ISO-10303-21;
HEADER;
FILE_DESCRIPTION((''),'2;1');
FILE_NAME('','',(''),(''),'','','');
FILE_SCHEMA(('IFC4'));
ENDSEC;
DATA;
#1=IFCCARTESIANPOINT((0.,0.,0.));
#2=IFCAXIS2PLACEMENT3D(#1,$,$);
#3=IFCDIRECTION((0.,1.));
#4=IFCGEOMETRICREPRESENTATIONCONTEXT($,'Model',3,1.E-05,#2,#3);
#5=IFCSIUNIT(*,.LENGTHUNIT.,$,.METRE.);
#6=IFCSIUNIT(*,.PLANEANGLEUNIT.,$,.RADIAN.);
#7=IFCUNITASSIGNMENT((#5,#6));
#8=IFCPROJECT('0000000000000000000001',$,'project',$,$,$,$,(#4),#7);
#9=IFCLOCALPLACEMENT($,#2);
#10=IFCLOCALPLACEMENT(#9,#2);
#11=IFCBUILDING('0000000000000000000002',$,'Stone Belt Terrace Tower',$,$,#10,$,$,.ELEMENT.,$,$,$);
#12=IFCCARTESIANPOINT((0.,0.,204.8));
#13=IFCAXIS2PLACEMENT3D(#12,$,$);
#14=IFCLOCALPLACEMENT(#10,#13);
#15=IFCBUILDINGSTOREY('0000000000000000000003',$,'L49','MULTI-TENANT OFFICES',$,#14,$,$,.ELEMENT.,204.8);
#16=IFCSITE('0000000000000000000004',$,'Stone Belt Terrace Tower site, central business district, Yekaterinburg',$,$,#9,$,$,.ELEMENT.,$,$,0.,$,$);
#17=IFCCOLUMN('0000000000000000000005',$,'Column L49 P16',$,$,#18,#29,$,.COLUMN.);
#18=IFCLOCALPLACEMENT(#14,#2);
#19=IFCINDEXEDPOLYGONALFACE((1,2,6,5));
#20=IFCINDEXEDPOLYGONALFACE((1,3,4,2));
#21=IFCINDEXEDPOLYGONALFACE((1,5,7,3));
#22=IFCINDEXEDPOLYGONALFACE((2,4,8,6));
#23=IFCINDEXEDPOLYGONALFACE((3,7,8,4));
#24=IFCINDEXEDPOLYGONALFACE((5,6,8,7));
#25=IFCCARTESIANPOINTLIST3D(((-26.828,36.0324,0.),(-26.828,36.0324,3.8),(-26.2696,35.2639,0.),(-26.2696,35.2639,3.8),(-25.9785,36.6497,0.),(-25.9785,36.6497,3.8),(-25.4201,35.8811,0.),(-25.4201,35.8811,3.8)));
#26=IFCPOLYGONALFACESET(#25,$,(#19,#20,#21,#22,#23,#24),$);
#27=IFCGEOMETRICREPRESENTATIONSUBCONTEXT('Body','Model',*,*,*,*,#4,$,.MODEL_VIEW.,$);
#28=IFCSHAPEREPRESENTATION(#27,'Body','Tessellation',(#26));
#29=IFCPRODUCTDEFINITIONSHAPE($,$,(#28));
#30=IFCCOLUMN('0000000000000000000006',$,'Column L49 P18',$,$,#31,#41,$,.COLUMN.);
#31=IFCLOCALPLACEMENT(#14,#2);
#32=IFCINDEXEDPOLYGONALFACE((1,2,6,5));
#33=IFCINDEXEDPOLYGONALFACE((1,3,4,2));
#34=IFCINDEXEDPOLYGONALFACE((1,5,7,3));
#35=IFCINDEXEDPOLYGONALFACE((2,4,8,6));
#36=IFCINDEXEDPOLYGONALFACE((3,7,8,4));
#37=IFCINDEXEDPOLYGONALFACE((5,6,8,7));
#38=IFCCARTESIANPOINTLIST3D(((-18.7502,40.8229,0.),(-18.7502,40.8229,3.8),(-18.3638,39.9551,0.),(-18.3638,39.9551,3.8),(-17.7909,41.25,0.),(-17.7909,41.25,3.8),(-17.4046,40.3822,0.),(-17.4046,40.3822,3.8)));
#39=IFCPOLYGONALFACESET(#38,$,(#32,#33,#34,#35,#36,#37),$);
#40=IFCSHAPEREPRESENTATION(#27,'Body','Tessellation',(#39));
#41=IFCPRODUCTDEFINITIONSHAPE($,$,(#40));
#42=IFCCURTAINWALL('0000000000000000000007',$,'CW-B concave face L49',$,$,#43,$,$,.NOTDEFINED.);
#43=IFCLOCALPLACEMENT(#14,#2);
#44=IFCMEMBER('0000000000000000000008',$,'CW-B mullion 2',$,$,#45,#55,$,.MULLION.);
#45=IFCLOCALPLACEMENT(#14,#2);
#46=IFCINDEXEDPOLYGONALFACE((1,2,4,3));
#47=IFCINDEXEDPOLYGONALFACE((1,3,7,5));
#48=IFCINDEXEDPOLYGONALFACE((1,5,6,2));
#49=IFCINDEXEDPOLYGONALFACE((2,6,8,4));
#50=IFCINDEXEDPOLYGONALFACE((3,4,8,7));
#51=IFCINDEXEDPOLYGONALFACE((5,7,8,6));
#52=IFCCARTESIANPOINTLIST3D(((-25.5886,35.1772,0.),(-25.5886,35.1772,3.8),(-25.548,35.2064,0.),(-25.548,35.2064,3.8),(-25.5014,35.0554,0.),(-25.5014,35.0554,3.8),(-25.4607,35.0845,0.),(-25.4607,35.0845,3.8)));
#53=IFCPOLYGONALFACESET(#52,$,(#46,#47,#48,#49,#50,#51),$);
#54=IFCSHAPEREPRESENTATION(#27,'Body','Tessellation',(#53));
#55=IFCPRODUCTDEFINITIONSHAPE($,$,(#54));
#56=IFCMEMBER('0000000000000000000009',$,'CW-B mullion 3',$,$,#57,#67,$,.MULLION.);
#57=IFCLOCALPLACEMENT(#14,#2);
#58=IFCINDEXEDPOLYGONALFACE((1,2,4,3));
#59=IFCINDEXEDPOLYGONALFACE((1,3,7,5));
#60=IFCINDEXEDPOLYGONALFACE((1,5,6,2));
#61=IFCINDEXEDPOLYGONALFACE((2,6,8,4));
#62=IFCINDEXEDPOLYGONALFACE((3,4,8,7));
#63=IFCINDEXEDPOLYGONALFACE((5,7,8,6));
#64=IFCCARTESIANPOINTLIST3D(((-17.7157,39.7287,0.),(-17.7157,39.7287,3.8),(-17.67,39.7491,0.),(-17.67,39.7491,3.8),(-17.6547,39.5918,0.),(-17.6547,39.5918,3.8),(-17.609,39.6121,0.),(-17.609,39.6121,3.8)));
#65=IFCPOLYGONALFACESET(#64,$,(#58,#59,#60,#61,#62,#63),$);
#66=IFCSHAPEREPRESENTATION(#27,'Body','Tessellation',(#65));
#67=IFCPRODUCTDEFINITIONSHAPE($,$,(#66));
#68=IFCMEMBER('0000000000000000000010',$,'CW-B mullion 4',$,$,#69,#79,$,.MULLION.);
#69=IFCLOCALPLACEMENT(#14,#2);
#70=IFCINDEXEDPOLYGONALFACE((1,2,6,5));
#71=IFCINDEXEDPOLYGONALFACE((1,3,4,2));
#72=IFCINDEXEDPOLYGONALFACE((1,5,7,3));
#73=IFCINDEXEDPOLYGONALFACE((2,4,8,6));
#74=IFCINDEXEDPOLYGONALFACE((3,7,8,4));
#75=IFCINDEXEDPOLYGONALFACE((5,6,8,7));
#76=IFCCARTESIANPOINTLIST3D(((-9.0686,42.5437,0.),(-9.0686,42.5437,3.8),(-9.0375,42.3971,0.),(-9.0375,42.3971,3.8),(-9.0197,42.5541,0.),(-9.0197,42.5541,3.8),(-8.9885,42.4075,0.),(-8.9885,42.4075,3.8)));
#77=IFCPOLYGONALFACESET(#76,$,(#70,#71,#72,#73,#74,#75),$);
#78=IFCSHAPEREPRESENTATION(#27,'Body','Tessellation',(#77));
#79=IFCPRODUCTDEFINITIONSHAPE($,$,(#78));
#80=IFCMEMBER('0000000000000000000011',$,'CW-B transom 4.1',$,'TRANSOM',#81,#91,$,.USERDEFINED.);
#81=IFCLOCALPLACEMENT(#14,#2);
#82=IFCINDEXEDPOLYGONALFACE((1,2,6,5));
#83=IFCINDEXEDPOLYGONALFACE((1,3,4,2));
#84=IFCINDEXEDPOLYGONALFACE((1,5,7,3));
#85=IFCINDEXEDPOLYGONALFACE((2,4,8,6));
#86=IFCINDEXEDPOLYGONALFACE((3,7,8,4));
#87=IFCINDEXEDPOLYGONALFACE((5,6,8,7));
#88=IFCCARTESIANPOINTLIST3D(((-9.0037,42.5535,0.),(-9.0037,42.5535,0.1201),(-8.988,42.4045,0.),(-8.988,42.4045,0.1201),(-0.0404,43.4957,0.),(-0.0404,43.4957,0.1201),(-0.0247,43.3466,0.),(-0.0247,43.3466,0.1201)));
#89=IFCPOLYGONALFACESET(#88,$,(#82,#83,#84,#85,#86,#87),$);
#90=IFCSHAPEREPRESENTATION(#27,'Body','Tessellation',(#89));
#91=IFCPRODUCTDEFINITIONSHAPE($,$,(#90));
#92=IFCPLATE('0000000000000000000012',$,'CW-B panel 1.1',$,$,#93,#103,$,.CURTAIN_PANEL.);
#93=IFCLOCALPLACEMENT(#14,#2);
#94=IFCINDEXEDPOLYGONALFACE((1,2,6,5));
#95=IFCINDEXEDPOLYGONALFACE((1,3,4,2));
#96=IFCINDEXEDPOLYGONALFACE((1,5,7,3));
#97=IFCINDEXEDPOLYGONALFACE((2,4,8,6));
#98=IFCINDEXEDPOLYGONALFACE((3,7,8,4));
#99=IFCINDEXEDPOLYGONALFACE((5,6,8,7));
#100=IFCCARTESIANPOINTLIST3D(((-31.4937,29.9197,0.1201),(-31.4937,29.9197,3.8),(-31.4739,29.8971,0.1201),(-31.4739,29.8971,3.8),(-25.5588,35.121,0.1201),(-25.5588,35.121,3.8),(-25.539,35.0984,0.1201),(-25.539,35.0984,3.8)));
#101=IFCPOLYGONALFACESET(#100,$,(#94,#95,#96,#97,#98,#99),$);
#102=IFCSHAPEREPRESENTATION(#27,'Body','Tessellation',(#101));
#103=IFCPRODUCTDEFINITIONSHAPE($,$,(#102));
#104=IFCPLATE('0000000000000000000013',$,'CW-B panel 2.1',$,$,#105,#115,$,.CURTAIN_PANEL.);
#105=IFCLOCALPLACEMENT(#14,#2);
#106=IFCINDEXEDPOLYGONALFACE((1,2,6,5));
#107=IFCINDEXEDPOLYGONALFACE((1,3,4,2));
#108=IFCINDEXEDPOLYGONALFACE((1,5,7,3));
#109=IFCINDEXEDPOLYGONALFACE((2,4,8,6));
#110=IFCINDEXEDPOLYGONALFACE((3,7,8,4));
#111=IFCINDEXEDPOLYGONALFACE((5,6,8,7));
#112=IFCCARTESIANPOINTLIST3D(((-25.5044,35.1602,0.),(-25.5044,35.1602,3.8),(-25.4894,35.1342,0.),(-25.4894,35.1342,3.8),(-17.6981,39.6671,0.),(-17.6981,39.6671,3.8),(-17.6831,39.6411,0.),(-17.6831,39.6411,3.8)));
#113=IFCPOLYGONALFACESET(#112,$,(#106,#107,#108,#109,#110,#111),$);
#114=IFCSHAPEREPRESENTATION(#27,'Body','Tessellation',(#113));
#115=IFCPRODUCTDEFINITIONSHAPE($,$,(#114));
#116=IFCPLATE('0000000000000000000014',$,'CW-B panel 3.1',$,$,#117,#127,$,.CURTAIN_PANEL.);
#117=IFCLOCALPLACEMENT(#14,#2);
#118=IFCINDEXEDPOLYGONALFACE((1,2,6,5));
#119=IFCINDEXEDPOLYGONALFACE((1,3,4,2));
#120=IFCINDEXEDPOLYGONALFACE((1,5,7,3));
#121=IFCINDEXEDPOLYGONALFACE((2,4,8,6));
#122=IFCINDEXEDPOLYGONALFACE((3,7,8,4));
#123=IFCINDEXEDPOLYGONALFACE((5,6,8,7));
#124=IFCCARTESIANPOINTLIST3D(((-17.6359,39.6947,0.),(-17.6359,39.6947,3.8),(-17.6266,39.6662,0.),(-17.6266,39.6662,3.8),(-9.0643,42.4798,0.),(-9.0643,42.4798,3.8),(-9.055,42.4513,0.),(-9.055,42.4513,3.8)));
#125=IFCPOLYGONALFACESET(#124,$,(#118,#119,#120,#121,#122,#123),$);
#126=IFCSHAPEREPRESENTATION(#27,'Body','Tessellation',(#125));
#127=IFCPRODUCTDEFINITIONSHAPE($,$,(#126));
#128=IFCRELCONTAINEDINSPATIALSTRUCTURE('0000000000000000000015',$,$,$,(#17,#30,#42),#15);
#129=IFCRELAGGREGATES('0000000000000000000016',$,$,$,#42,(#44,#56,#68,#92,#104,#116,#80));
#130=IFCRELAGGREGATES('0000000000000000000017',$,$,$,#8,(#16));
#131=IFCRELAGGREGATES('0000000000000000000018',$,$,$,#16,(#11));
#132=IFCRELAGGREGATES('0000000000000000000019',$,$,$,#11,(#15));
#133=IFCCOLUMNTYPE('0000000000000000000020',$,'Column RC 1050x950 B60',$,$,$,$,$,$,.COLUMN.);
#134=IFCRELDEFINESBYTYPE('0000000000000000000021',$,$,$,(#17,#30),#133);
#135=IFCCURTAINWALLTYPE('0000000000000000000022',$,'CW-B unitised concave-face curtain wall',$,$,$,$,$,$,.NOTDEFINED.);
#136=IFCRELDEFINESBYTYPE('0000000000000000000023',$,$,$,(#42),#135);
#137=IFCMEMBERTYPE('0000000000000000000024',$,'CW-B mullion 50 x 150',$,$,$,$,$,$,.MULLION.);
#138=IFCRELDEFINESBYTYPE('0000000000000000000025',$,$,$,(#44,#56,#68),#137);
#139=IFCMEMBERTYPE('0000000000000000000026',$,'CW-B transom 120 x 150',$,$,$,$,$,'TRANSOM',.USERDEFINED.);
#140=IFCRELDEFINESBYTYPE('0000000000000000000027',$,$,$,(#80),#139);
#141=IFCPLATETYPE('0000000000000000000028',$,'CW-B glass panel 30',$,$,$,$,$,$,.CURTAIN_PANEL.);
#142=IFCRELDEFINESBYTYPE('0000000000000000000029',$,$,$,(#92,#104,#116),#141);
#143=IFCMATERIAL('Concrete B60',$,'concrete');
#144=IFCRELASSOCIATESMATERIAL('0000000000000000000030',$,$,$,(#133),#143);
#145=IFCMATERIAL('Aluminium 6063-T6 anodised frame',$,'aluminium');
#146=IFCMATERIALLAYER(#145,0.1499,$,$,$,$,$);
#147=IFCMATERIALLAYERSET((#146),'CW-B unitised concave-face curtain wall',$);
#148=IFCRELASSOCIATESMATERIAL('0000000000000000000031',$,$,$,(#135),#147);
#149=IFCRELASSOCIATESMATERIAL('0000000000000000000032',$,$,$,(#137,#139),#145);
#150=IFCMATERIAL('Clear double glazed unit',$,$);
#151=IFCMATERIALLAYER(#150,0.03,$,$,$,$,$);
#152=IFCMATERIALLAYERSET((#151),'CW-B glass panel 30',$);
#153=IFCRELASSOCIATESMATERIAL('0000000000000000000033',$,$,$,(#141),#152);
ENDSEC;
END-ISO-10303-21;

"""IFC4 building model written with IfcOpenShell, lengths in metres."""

from ifc_helpers import new_model, si_unit, direction, frame, origin, origin_2d, place, context, subcontext, project, spatial, rectangle, extrude, material, layer, layer_set, material_profile, profile_set, type_object, element, aggregate, save


model = new_model("IFC4")

# Units and contexts
model_context = context("Model", 3, precision=1e-05, world=origin(), true_north=direction((0.0, 1.0)))
body_context = subcontext(model_context, "Body", "Model", "MODEL_VIEW")
ifc_project = project(units=[si_unit("LENGTHUNIT", "METRE"), si_unit("PLANEANGLEUNIT", "RADIAN")], contexts=[model_context])

# Site, building, storey
site_placement = place(None, origin())
site = spatial("IfcSite", under=ifc_project, at=site_placement, Name="Stone Belt Terrace Tower site, central business district, Yekaterinburg", CompositionType="ELEMENT", RefElevation=0.0)
building_placement = place(site_placement, origin())
building = spatial("IfcBuilding", under=site, at=building_placement, Name="Stone Belt Terrace Tower", CompositionType="ELEMENT")
storey_placement = place(building_placement, frame((0.0, 0.0, 204.8)))
storey = spatial("IfcBuildingStorey", under=building, at=storey_placement, Name="L49", Description="MULTI-TENANT OFFICES", CompositionType="ELEMENT", Elevation=204.8)

# Columns
ifc_material_1 = material(Name="Concrete B60", Category="concrete")
ifc_material_profile_1 = material_profile(ifc_material_1, rectangle(XDim=1.05, YDim=0.95, at=origin_2d()), Name="RC 1050x950")
ifc_profile_set_1 = profile_set([ifc_material_profile_1], Name="Concrete B60")
column_type = type_object("IfcColumnType", Name="Column RC 1050x950 B60", PredefinedType="COLUMN", material=ifc_profile_set_1)
for number, where, z_axis, x_axis, name in (
    (1, (-26.124, 35.9568, 0.0), (0.0, 0.0, 1.0), (0.809017, 0.587785, 0.0), "Column L49 P16"),
    (2, (-18.0774, 40.6025, 0.0), (0.0, 0.0, 1.0), (0.913545, 0.406737, 0.0), "Column L49 P18"),
):
    element("IfcColumn", number, at=place(storey_placement, frame(where, z_axis=z_axis, x_axis=x_axis)), inside=storey, type_object=column_type, Name=name, PredefinedType="COLUMN", context=body_context, shape_type="SweptSolid", body=[
        extrude(rectangle(XDim=1.05, YDim=0.95, at=origin_2d()), origin(), (0.0, 0.0, 1.0), 3.8),
    ])

# Curtain wall, members, plates
ifc_material_2 = material(Name="Aluminium 6063-T6 anodised frame", Category="aluminium")
ifc_layer_1 = layer(ifc_material_2, 0.1499)
ifc_layer_set_1 = layer_set([ifc_layer_1], Name="CW-B unitised concave-face curtain wall")
curtain_wall_type = type_object("IfcCurtainWallType", Name="CW-B unitised concave-face curtain wall", PredefinedType="NOTDEFINED", material=ifc_layer_set_1)
curtain_wall_placement = place(storey_placement, origin())
curtain_wall = element("IfcCurtainWall", 3, at=curtain_wall_placement, inside=storey, type_object=curtain_wall_type, Name="CW-B concave face L49", PredefinedType="NOTDEFINED")
ifc_material_profile_2 = material_profile(ifc_material_2, rectangle(XDim=0.1499, YDim=0.05, at=origin_2d()), Name="Aluminium 6063-T6 50x150")
ifc_profile_set_2 = profile_set([ifc_material_profile_2], Name="Aluminium 6063-T6 anodised frame")
member_type_1 = type_object("IfcMemberType", Name="CW-B mullion 50 x 150", PredefinedType="MULLION", material=ifc_profile_set_2)
member_1_placement = place(storey_placement, frame((-25.5247, 35.1309, 0.0), z_axis=(0.0, 0.0, 1.0), x_axis=(-0.582342, 0.812944, 0.0)))
member_1 = element("IfcMember", 4, at=member_1_placement, type_object=member_type_1, Name="CW-B mullion 2", PredefinedType="MULLION", context=body_context, shape_type="SweptSolid", body=[
    extrude(rectangle(XDim=0.1499, YDim=0.05, at=origin_2d()), origin(), (0.0, 0.0, 1.0), 3.8),
])
member_2_placement = place(storey_placement, frame((-17.6624, 39.6704, 0.0), z_axis=(0.0, 0.0, 1.0), x_axis=(-0.406737, 0.913545, 0.0)))
member_2 = element("IfcMember", 5, at=member_2_placement, type_object=member_type_1, Name="CW-B mullion 3", PredefinedType="MULLION", context=body_context, shape_type="SweptSolid", body=[
    extrude(rectangle(XDim=0.1499, YDim=0.05, at=origin_2d()), origin(), (0.0, 0.0, 1.0), 3.8),
])
member_3_placement = place(storey_placement, frame((-9.0286, 42.4756, 0.0), z_axis=(0.0, 0.0, 1.0), x_axis=(-0.207912, 0.978148, 0.0)))
member_3 = element("IfcMember", 6, at=member_3_placement, type_object=member_type_1, Name="CW-B mullion 4", PredefinedType="MULLION", context=body_context, shape_type="SweptSolid", body=[
    extrude(rectangle(XDim=0.1499, YDim=0.05, at=origin_2d()), origin(), (0.0, 0.0, 1.0), 3.8),
])
ifc_material_profile_3 = material_profile(ifc_material_2, rectangle(XDim=0.1499, YDim=0.1201, at=origin_2d()), Name="Aluminium 6063-T6 150x120")
ifc_profile_set_3 = profile_set([ifc_material_profile_3], Name="Aluminium 6063-T6 anodised frame")
member_type_2 = type_object("IfcMemberType", Name="CW-B transom 120 x 150", ElementType="TRANSOM", PredefinedType="USERDEFINED", material=ifc_profile_set_3)
member_4_placement = place(storey_placement, frame((-8.9958, 42.479, 0.0601), z_axis=(0.994521, 0.104534, 0.0), x_axis=(-0.104534, 0.994521, 0.0)))
member_4 = element("IfcMember", 7, at=member_4_placement, type_object=member_type_2, Name="CW-B transom 4.1", ObjectType="TRANSOM", PredefinedType="USERDEFINED", context=body_context, shape_type="SweptSolid", body=[
    extrude(rectangle(XDim=0.1499, YDim=0.1201, at=origin_2d()), origin(), (0.0, 0.0, 1.0), 9.0127),
])
ifc_material_3 = material(Name="Clear double glazed unit")
ifc_layer_2 = layer(ifc_material_3, 0.03)
ifc_layer_set_2 = layer_set([ifc_layer_2], Name="CW-B glass panel 30")
plate_type = type_object("IfcPlateType", Name="CW-B glass panel 30", PredefinedType="CURTAIN_PANEL", material=ifc_layer_set_2)
plate_1_placement = place(storey_placement, frame((-28.5164, 32.509, 0.1201), z_axis=(0.0, 0.0, 1.0), x_axis=(0.75206, 0.659094, 0.0)))
plate_1 = element("IfcPlate", 8, at=plate_1_placement, type_object=plate_type, Name="CW-B panel 1.1", PredefinedType="CURTAIN_PANEL", context=body_context, shape_type="SweptSolid", body=[
    extrude(rectangle(XDim=7.8916, YDim=0.03, at=origin_2d()), origin(), (0.0, 0.0, 1.0), 3.6799),
])
plate_2_placement = place(storey_placement, frame((-21.5938, 37.4006, 0.0), z_axis=(0.0, 0.0, 1.0), x_axis=(0.866025, 0.5, 0.0)))
plate_2 = element("IfcPlate", 9, at=plate_2_placement, type_object=plate_type, Name="CW-B panel 2.1", PredefinedType="CURTAIN_PANEL", context=body_context, shape_type="SweptSolid", body=[
    extrude(rectangle(XDim=9.0139, YDim=0.03, at=origin_2d()), origin(), (0.0, 0.0, 1.0), 3.8),
])
plate_3_placement = place(storey_placement, frame((-13.3455, 41.073, 0.0), z_axis=(0.0, 0.0, 1.0), x_axis=(0.951057, 0.309017, 0.0)))
plate_3 = element("IfcPlate", 10, at=plate_3_placement, type_object=plate_type, Name="CW-B panel 3.1", PredefinedType="CURTAIN_PANEL", context=body_context, shape_type="SweptSolid", body=[
    extrude(rectangle(XDim=9.0127, YDim=0.03, at=origin_2d()), origin(), (0.0, 0.0, 1.0), 3.8),
])
aggregate(curtain_wall, [member_1, member_2, member_3, plate_1, plate_2, plate_3, member_4])

save(model, "model.ifc")
